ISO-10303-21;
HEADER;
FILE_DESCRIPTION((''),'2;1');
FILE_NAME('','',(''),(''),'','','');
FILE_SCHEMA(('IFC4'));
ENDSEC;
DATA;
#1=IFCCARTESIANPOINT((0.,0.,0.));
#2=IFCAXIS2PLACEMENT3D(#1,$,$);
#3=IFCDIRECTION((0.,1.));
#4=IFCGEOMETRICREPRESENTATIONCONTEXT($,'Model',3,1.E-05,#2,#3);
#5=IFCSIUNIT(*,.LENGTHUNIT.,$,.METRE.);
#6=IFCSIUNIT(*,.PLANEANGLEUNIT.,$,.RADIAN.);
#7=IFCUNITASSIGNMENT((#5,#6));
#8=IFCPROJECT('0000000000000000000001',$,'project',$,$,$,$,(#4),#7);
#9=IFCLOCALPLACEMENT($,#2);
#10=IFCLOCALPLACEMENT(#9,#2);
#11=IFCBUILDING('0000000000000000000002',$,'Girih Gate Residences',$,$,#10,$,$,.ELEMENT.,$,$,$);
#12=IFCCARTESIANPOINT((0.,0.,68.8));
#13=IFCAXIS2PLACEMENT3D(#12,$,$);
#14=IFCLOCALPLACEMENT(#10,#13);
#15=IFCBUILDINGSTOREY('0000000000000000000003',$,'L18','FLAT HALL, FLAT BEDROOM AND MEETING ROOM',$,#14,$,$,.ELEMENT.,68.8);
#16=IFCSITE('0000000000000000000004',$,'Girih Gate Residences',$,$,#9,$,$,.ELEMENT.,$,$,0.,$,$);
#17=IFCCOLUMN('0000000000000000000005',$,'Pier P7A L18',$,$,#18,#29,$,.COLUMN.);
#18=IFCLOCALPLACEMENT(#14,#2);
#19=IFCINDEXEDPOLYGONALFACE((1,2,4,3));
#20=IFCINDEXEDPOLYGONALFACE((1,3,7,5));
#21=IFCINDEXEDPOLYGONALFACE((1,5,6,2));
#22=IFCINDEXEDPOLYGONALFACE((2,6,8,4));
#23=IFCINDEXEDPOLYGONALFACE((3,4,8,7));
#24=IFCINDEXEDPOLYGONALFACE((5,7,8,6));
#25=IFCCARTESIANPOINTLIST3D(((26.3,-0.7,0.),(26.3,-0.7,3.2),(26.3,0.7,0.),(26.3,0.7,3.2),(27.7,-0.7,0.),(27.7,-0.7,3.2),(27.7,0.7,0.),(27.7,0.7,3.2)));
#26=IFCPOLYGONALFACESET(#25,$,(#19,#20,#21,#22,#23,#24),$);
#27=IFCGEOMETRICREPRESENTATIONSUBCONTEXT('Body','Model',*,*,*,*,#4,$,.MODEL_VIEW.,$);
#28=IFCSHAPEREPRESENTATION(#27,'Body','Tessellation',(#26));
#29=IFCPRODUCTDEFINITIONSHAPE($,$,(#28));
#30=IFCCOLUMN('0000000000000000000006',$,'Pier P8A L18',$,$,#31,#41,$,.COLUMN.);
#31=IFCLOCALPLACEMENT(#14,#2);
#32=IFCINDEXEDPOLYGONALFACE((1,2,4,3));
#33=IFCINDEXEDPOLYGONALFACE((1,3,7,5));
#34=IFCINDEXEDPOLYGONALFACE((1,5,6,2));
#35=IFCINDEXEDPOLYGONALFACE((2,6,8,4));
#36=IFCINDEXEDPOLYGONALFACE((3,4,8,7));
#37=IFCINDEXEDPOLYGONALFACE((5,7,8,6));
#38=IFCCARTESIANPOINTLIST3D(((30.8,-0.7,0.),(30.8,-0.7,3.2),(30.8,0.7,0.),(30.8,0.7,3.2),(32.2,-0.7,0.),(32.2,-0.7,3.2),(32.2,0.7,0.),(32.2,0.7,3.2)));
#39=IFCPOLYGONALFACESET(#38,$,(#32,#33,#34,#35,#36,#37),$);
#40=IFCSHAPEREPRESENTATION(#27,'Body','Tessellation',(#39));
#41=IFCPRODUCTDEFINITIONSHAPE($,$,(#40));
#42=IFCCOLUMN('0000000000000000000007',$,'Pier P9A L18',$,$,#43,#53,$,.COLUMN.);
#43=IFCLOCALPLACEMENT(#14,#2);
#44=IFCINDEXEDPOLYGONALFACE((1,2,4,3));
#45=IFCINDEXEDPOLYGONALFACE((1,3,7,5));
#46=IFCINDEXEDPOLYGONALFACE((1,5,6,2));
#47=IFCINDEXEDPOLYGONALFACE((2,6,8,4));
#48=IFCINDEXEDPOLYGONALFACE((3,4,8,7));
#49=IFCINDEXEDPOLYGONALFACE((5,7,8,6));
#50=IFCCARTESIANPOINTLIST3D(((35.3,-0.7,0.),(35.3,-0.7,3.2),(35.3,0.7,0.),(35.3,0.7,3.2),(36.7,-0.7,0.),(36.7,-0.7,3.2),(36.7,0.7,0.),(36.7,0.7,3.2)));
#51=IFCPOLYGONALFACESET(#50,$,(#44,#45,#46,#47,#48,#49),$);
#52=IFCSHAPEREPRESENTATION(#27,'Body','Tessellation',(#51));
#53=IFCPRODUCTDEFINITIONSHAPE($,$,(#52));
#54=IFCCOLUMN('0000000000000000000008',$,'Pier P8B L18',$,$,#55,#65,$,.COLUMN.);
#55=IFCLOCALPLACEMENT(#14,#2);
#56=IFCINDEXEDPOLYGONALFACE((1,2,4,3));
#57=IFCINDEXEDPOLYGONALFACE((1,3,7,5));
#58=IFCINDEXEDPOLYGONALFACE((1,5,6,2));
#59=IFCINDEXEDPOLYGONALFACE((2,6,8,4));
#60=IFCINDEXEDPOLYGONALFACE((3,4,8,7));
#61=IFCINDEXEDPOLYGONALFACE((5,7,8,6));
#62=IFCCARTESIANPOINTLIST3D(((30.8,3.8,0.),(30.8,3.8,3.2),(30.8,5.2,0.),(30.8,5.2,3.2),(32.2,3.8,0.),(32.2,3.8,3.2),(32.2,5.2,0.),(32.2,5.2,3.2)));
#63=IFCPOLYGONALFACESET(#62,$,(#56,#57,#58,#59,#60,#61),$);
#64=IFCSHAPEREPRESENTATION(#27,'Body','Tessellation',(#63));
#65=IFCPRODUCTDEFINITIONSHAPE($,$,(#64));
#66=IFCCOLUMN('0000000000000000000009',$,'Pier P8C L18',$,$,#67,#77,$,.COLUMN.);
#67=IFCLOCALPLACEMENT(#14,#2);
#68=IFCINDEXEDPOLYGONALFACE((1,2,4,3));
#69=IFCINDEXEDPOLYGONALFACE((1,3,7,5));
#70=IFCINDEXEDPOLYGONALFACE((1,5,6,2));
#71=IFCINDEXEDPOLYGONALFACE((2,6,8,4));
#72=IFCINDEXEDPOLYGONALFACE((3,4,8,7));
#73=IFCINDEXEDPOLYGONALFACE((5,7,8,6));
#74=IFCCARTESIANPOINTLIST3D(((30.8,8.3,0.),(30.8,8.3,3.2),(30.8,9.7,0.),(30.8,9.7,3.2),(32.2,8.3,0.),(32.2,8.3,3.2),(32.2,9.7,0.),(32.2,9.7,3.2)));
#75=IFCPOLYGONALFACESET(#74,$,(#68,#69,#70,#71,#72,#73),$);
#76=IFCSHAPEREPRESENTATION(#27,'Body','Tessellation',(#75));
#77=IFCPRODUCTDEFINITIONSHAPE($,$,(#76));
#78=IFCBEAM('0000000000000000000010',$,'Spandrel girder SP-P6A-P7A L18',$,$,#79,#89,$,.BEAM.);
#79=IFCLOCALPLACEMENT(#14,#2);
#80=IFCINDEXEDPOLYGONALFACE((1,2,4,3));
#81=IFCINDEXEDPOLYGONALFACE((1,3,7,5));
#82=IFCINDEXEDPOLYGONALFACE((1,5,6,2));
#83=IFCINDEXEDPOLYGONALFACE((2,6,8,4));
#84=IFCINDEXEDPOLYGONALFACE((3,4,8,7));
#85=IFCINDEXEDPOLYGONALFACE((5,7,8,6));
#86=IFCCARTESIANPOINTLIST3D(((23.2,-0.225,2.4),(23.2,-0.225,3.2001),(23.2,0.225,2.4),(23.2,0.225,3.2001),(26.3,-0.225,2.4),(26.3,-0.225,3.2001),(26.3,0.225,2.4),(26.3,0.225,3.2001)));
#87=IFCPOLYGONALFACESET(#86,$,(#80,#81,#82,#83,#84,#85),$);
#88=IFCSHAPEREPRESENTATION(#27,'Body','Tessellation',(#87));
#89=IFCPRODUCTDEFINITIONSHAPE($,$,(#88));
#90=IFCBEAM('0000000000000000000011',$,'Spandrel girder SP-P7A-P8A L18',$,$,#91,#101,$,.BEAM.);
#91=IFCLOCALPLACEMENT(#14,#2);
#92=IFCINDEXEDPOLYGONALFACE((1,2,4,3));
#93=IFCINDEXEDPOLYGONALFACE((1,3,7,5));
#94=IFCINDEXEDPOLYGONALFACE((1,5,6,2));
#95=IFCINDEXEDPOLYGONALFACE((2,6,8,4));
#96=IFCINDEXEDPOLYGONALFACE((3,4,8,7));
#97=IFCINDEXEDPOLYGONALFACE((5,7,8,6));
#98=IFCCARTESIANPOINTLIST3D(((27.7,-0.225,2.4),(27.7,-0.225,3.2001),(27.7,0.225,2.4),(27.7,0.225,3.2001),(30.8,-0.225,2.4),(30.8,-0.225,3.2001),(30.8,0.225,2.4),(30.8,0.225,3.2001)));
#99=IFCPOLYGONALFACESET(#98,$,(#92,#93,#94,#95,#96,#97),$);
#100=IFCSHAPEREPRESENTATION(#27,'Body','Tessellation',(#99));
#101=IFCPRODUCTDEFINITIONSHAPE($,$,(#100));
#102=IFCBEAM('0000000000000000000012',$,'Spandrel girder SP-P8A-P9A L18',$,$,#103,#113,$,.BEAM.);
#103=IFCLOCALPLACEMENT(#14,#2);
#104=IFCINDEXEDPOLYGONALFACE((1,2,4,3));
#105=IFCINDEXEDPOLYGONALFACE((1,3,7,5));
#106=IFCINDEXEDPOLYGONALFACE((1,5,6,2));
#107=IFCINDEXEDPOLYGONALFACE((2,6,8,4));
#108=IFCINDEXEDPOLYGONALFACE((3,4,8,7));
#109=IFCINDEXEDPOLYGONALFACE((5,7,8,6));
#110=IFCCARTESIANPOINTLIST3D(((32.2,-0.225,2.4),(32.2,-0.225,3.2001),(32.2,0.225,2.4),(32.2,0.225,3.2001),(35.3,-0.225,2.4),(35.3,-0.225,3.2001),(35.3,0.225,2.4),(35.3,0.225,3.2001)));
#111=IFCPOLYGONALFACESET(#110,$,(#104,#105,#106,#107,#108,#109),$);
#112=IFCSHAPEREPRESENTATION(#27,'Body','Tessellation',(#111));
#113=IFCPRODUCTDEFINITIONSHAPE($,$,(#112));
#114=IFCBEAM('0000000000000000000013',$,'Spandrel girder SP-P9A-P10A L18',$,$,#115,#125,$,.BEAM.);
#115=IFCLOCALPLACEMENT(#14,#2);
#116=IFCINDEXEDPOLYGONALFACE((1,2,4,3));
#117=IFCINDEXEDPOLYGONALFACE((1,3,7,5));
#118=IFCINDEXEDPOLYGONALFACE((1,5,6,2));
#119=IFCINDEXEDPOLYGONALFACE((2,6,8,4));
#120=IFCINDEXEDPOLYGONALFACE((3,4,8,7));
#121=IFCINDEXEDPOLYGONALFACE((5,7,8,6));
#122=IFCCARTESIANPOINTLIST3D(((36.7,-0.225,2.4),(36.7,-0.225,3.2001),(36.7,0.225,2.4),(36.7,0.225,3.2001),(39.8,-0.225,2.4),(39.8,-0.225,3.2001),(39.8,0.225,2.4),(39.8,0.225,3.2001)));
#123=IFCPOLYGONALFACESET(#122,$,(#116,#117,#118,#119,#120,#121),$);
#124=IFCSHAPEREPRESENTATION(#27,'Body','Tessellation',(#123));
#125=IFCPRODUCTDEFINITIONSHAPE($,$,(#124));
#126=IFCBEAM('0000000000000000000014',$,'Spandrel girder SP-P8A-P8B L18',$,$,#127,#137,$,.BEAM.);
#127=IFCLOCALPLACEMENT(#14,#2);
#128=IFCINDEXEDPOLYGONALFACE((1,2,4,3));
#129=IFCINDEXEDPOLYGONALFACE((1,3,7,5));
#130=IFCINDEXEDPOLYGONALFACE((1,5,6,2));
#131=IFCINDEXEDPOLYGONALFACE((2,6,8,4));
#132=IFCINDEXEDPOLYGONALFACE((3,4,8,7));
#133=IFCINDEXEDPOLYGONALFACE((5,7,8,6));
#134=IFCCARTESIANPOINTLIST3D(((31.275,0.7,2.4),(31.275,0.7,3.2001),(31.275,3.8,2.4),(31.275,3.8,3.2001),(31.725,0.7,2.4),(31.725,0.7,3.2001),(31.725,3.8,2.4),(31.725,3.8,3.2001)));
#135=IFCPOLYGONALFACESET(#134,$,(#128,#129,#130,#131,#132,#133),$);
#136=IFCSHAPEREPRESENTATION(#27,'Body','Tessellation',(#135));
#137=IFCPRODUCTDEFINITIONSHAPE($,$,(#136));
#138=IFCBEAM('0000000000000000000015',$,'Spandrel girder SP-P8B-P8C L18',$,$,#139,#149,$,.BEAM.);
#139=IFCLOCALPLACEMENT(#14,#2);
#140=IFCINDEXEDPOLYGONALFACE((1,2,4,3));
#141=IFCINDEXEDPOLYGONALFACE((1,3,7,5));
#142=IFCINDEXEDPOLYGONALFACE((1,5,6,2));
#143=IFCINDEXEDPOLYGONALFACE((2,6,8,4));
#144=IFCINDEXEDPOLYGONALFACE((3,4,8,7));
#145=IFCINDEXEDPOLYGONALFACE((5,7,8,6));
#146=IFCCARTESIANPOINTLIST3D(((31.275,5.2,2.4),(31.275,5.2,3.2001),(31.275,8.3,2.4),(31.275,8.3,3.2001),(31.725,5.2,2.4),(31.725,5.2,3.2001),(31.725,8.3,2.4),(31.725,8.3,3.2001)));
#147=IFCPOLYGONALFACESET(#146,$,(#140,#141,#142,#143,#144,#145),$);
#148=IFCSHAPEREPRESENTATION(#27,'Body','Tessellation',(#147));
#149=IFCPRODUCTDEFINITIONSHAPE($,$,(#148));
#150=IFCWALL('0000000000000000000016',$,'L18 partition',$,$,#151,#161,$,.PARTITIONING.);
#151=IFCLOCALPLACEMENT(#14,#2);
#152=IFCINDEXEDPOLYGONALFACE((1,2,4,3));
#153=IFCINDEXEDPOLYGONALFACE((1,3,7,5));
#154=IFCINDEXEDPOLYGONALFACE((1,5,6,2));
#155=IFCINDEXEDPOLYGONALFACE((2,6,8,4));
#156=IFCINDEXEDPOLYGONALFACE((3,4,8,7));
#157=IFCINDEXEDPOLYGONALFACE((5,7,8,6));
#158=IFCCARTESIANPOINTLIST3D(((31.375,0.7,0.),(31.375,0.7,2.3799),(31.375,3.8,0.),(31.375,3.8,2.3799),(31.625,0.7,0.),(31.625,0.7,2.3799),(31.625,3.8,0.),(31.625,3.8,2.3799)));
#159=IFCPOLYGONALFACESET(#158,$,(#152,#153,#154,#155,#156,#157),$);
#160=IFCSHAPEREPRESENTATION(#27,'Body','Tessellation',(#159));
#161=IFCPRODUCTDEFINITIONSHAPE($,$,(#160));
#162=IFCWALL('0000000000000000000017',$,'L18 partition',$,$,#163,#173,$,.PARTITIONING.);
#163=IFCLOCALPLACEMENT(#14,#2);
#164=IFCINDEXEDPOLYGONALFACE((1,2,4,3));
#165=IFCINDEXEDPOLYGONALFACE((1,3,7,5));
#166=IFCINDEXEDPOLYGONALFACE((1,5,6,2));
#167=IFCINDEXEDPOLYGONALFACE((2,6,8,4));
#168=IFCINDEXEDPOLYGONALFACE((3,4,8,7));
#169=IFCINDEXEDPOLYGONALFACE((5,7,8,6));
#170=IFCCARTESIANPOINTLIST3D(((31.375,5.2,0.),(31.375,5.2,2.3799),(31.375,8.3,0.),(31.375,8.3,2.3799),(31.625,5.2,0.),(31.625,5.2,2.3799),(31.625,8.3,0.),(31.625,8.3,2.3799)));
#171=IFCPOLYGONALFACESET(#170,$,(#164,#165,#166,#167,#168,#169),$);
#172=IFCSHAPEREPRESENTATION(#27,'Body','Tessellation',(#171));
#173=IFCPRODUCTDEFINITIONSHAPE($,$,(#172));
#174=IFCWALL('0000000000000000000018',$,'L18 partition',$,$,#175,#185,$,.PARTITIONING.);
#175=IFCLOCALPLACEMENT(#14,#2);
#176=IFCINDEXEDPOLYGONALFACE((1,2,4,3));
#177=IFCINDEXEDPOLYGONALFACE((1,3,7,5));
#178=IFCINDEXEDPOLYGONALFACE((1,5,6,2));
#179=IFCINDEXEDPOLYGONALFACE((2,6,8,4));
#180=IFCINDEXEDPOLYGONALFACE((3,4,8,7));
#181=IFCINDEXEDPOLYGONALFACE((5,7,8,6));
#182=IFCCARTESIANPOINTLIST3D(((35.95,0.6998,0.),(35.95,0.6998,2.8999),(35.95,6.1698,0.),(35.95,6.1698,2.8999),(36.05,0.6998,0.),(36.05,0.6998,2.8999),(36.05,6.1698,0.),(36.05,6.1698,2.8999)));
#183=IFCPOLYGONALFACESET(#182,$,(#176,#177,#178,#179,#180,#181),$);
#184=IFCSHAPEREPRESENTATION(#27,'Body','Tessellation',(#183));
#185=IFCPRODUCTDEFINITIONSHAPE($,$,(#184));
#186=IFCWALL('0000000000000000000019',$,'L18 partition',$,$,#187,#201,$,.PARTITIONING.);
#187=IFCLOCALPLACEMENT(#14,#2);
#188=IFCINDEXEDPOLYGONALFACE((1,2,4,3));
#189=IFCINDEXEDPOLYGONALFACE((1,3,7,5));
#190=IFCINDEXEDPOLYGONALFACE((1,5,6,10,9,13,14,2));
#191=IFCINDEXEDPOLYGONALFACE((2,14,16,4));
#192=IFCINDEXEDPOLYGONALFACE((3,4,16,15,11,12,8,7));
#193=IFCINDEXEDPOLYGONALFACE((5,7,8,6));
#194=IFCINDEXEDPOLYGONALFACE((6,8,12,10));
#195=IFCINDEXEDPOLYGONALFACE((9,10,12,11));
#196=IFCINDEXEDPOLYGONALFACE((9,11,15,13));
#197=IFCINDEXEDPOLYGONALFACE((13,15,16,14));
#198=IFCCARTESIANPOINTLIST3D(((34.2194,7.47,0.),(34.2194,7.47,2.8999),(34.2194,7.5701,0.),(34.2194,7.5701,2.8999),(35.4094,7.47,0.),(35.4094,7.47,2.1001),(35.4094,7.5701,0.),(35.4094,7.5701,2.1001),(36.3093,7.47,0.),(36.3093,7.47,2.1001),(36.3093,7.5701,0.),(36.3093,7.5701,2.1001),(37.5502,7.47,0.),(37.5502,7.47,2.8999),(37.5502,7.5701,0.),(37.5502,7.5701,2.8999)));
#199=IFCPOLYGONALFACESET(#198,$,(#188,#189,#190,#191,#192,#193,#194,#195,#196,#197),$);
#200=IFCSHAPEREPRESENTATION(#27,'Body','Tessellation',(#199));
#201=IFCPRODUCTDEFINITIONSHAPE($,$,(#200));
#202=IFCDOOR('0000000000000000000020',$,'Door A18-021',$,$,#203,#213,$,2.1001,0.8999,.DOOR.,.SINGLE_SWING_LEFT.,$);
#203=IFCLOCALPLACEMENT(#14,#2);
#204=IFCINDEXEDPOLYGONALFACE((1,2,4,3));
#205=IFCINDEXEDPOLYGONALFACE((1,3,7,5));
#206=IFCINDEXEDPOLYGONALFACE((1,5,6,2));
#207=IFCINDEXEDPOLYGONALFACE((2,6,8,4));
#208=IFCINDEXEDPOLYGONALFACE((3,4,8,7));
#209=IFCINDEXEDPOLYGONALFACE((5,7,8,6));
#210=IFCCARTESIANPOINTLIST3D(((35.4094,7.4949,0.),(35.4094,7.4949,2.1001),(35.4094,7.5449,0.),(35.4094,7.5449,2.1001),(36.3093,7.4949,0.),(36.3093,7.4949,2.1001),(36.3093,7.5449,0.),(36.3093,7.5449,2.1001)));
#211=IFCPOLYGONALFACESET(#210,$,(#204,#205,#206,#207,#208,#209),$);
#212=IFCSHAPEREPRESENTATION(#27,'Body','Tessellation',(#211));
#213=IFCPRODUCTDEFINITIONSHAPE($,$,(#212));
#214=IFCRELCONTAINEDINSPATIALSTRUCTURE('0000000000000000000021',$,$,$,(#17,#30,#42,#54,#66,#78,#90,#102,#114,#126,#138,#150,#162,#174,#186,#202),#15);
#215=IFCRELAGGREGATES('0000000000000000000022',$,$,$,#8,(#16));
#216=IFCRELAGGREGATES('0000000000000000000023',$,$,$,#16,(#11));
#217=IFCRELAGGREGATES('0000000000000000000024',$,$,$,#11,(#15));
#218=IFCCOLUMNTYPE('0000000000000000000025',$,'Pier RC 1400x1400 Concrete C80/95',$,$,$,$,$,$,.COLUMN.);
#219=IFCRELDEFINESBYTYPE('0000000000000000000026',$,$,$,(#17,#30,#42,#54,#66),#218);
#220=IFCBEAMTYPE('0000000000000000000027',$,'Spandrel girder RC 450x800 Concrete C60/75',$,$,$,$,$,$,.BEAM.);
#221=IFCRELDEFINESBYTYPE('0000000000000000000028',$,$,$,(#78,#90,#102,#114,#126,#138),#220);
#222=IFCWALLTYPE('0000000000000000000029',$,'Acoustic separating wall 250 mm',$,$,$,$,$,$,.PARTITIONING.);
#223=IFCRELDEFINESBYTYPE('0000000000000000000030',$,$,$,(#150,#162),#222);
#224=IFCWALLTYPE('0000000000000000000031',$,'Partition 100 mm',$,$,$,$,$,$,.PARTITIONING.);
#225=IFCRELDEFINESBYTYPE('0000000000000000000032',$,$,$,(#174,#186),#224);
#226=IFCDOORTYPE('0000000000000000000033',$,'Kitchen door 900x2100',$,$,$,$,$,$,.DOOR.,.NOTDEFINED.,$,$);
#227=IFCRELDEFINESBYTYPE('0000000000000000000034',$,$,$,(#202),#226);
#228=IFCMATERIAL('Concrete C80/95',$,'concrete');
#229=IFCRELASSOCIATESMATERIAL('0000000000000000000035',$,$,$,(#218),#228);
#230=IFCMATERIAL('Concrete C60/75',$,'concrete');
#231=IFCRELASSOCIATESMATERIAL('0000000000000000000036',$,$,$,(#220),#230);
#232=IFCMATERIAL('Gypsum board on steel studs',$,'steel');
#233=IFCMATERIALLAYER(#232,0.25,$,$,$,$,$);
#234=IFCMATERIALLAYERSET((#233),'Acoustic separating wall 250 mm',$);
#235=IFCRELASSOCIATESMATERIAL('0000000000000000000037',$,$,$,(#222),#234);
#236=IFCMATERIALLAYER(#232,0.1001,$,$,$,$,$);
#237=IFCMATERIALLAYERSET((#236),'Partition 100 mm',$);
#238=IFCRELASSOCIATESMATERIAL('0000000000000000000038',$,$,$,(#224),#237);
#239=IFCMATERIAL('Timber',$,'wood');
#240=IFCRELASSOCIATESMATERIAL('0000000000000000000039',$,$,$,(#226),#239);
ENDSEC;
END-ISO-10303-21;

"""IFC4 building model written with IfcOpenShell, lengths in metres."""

from ifc_helpers import new_model, si_unit, direction, frame, frame_2d, origin, origin_2d, place, context, subcontext, project, spatial, rectangle, extrude, material, layer, layer_set, material_profile, profile_set, type_object, element, fill, save


model = new_model("IFC4")

# Units and contexts
model_context = context("Model", 3, precision=1e-05, world=origin(), true_north=direction((0.0, 1.0)))
body_context = subcontext(model_context, "Body", "Model", "MODEL_VIEW")
ifc_project = project(units=[si_unit("LENGTHUNIT", "METRE"), si_unit("PLANEANGLEUNIT", "RADIAN")], contexts=[model_context])

# Site, building, storey
site_placement = place(None, origin())
site = spatial("IfcSite", under=ifc_project, at=site_placement, Name="Girih Gate Residences", CompositionType="ELEMENT", RefElevation=0.0)
building_placement = place(site_placement, origin())
building = spatial("IfcBuilding", under=site, at=building_placement, Name="Girih Gate Residences", CompositionType="ELEMENT")
storey_placement = place(building_placement, frame((0.0, 0.0, 68.8)))
storey = spatial("IfcBuildingStorey", under=building, at=storey_placement, Name="L18", Description="FLAT HALL, FLAT BEDROOM AND MEETING ROOM", CompositionType="ELEMENT", Elevation=68.8)

# Columns
ifc_material_1 = material(Name="Concrete C80/95", Category="concrete")
ifc_material_profile_1 = material_profile(ifc_material_1, rectangle(XDim=1.3999, YDim=1.3999, at=origin_2d()))
ifc_profile_set_1 = profile_set([ifc_material_profile_1], Name="Concrete C80/95")
column_type = type_object("IfcColumnType", Name="Pier RC 1400x1400 Concrete C80/95", PredefinedType="COLUMN", material=ifc_profile_set_1)
for number, where, z_axis, x_axis, name in (
    (1, (27.0, 0.0, 0.0), (0.0, 0.0, 1.0), (1.0, 0.0, 0.0), "Pier P7A L18"),
    (2, (31.5, 0.0, 0.0), (0.0, 0.0, 1.0), (1.0, 0.0, 0.0), "Pier P8A L18"),
    (3, (36.0, 0.0, 0.0), (0.0, 0.0, 1.0), (1.0, 0.0, 0.0), "Pier P9A L18"),
    (4, (31.5, 4.5, 0.0), (0.0, 0.0, 1.0), (1.0, 0.0, 0.0), "Pier P8B L18"),
    (5, (31.5, 9.0, 0.0), (0.0, 0.0, 1.0), (1.0, 0.0, 0.0), "Pier P8C L18"),
):
    element("IfcColumn", number, at=place(storey_placement, frame(where, z_axis=z_axis, x_axis=x_axis)), inside=storey, type_object=column_type, Name=name, PredefinedType="COLUMN", context=body_context, shape_type="SweptSolid", body=[
        extrude(rectangle(XDim=1.3999, YDim=1.3999, at=origin_2d()), origin(), (0.0, 0.0, 1.0), 3.2),
    ])

# Beams
ifc_material_2 = material(Name="Concrete C60/75", Category="concrete")
ifc_material_profile_2 = material_profile(ifc_material_2, rectangle(XDim=0.45, YDim=0.8, at=origin_2d()))
ifc_profile_set_2 = profile_set([ifc_material_profile_2], Name="Concrete C60/75")
beam_type = type_object("IfcBeamType", Name="Spandrel girder RC 450x800 Concrete C60/75", PredefinedType="BEAM", material=ifc_profile_set_2)
for number, where, z_axis, x_axis, name in (
    (6, (23.2, 0.0, 2.8), (1.0, 0.0, 0.0), (0.0, 1.0, 0.0), "Spandrel girder SP-P6A-P7A L18"),
    (7, (27.7, 0.0, 2.8), (1.0, 0.0, 0.0), (0.0, 1.0, 0.0), "Spandrel girder SP-P7A-P8A L18"),
    (8, (32.2, 0.0, 2.8), (1.0, 0.0, 0.0), (0.0, 1.0, 0.0), "Spandrel girder SP-P8A-P9A L18"),
    (9, (36.7, 0.0, 2.8), (1.0, 0.0, 0.0), (0.0, 1.0, 0.0), "Spandrel girder SP-P9A-P10A L18"),
    (10, (31.5, 0.7, 2.8), (0.0, 1.0, 0.0), (-1.0, 0.0, 0.0), "Spandrel girder SP-P8A-P8B L18"),
    (11, (31.5, 5.2, 2.8), (0.0, 1.0, 0.0), (-1.0, 0.0, 0.0), "Spandrel girder SP-P8B-P8C L18"),
):
    element("IfcBeam", number, at=place(storey_placement, frame(where, z_axis=z_axis, x_axis=x_axis)), inside=storey, type_object=beam_type, Name=name, PredefinedType="BEAM", context=body_context, shape_type="SweptSolid", body=[
        extrude(rectangle(XDim=0.45, YDim=0.8, at=origin_2d()), origin(), (0.0, 0.0, 1.0), 3.1001),
    ])

# Walls
ifc_material_3 = material(Name="Gypsum board on steel studs", Category="steel")
ifc_layer_1 = layer(ifc_material_3, 0.25)
ifc_layer_set_1 = layer_set([ifc_layer_1], Name="Acoustic separating wall 250 mm")
wall_type_1 = type_object("IfcWallType", Name="Acoustic separating wall 250 mm", PredefinedType="PARTITIONING", material=ifc_layer_set_1)
for number, where, z_axis, x_axis, name in (
    (12, (31.5, 0.7, 0.0), (0.0, 0.0, 1.0), (0.0, 1.0, 0.0), "L18 partition"),
    (13, (31.5, 5.2, 0.0), (0.0, 0.0, 1.0), (0.0, 1.0, 0.0), "L18 partition"),
):
    element("IfcWall", number, at=place(storey_placement, frame(where, z_axis=z_axis, x_axis=x_axis)), inside=storey, type_object=wall_type_1, Name=name, PredefinedType="PARTITIONING", context=body_context, shape_type="SweptSolid", body=[
        extrude(rectangle(XDim=3.1001, YDim=0.25, at=frame_2d((1.55, 0.0))), origin(), (0.0, 0.0, 1.0), 2.3799),
    ])
ifc_layer_2 = layer(ifc_material_3, 0.1001)
ifc_layer_set_2 = layer_set([ifc_layer_2], Name="Partition 100 mm")
wall_type_2 = type_object("IfcWallType", Name="Partition 100 mm", PredefinedType="PARTITIONING", material=ifc_layer_set_2)
wall_1_placement = place(storey_placement, frame((36.0, 0.7, 0.0), z_axis=(0.0, 0.0, 1.0), x_axis=(0.0, 1.0, 0.0)))
element("IfcWall", 14, at=wall_1_placement, inside=storey, type_object=wall_type_2, Name="L18 partition", PredefinedType="PARTITIONING", context=body_context, shape_type="SweptSolid", body=[
    extrude(rectangle(XDim=5.47, YDim=0.1001, at=frame_2d((2.7349, 0.0))), origin(), (0.0, 0.0, 1.0), 2.8999),
])

# Wall, opening, door
wall_2_placement = place(storey_placement, frame((34.2192, 7.52, 0.0), z_axis=(0.0, 0.0, 1.0), x_axis=(1.0, 0.0, 0.0)))
wall_2 = element("IfcWall", 15, at=wall_2_placement, inside=storey, type_object=wall_type_2, Name="L18 partition", PredefinedType="PARTITIONING", context=body_context, shape_type="SweptSolid", body=[
    extrude(rectangle(XDim=3.3308, YDim=0.1001, at=frame_2d((1.6655, 0.0))), origin(), (0.0, 0.0, 1.0), 2.8999),
])
opening_1_placement = place(wall_2_placement, frame((1.1902, 0.0, 0.0)))
opening_1 = element("IfcOpeningElement", 16, at=opening_1_placement, cuts=wall_2, PredefinedType="OPENING", context=body_context, shape_type="SweptSolid", body=[
    extrude(rectangle(XDim=0.8999, YDim=2.1001, at=frame_2d((0.45, 1.05))), frame((0.0, 0.0601, 0.0), z_axis=(0.0, -1.0, 0.0), x_axis=(1.0, 0.0, 0.0)), (0.0, 0.0, 1.0), 0.1201),
])
ifc_material_4 = material(Name="Timber", Category="wood")
door_type_1 = type_object("IfcDoorType", Name="Kitchen door 900x2100", OperationType="NOTDEFINED", PredefinedType="DOOR", material=ifc_material_4)
door_1_placement = place(opening_1_placement, origin())
door_1 = element("IfcDoor", 17, at=door_1_placement, inside=storey, type_object=door_type_1, Name="Door A18-021", OperationType="SINGLE_SWING_LEFT", OverallHeight=2.1001, OverallWidth=0.8999, PredefinedType="DOOR", context=body_context, shape_type="SweptSolid", body=[
    extrude(rectangle(XDim=0.8999, YDim=2.1001, at=frame_2d((0.45, 1.05))), frame((0.0, 0.0249, 0.0), z_axis=(0.0, -1.0, 0.0), x_axis=(1.0, 0.0, 0.0)), (0.0, 0.0, 1.0), 0.05),
])
fill(opening_1, door_1)

save(model, "model.ifc")
